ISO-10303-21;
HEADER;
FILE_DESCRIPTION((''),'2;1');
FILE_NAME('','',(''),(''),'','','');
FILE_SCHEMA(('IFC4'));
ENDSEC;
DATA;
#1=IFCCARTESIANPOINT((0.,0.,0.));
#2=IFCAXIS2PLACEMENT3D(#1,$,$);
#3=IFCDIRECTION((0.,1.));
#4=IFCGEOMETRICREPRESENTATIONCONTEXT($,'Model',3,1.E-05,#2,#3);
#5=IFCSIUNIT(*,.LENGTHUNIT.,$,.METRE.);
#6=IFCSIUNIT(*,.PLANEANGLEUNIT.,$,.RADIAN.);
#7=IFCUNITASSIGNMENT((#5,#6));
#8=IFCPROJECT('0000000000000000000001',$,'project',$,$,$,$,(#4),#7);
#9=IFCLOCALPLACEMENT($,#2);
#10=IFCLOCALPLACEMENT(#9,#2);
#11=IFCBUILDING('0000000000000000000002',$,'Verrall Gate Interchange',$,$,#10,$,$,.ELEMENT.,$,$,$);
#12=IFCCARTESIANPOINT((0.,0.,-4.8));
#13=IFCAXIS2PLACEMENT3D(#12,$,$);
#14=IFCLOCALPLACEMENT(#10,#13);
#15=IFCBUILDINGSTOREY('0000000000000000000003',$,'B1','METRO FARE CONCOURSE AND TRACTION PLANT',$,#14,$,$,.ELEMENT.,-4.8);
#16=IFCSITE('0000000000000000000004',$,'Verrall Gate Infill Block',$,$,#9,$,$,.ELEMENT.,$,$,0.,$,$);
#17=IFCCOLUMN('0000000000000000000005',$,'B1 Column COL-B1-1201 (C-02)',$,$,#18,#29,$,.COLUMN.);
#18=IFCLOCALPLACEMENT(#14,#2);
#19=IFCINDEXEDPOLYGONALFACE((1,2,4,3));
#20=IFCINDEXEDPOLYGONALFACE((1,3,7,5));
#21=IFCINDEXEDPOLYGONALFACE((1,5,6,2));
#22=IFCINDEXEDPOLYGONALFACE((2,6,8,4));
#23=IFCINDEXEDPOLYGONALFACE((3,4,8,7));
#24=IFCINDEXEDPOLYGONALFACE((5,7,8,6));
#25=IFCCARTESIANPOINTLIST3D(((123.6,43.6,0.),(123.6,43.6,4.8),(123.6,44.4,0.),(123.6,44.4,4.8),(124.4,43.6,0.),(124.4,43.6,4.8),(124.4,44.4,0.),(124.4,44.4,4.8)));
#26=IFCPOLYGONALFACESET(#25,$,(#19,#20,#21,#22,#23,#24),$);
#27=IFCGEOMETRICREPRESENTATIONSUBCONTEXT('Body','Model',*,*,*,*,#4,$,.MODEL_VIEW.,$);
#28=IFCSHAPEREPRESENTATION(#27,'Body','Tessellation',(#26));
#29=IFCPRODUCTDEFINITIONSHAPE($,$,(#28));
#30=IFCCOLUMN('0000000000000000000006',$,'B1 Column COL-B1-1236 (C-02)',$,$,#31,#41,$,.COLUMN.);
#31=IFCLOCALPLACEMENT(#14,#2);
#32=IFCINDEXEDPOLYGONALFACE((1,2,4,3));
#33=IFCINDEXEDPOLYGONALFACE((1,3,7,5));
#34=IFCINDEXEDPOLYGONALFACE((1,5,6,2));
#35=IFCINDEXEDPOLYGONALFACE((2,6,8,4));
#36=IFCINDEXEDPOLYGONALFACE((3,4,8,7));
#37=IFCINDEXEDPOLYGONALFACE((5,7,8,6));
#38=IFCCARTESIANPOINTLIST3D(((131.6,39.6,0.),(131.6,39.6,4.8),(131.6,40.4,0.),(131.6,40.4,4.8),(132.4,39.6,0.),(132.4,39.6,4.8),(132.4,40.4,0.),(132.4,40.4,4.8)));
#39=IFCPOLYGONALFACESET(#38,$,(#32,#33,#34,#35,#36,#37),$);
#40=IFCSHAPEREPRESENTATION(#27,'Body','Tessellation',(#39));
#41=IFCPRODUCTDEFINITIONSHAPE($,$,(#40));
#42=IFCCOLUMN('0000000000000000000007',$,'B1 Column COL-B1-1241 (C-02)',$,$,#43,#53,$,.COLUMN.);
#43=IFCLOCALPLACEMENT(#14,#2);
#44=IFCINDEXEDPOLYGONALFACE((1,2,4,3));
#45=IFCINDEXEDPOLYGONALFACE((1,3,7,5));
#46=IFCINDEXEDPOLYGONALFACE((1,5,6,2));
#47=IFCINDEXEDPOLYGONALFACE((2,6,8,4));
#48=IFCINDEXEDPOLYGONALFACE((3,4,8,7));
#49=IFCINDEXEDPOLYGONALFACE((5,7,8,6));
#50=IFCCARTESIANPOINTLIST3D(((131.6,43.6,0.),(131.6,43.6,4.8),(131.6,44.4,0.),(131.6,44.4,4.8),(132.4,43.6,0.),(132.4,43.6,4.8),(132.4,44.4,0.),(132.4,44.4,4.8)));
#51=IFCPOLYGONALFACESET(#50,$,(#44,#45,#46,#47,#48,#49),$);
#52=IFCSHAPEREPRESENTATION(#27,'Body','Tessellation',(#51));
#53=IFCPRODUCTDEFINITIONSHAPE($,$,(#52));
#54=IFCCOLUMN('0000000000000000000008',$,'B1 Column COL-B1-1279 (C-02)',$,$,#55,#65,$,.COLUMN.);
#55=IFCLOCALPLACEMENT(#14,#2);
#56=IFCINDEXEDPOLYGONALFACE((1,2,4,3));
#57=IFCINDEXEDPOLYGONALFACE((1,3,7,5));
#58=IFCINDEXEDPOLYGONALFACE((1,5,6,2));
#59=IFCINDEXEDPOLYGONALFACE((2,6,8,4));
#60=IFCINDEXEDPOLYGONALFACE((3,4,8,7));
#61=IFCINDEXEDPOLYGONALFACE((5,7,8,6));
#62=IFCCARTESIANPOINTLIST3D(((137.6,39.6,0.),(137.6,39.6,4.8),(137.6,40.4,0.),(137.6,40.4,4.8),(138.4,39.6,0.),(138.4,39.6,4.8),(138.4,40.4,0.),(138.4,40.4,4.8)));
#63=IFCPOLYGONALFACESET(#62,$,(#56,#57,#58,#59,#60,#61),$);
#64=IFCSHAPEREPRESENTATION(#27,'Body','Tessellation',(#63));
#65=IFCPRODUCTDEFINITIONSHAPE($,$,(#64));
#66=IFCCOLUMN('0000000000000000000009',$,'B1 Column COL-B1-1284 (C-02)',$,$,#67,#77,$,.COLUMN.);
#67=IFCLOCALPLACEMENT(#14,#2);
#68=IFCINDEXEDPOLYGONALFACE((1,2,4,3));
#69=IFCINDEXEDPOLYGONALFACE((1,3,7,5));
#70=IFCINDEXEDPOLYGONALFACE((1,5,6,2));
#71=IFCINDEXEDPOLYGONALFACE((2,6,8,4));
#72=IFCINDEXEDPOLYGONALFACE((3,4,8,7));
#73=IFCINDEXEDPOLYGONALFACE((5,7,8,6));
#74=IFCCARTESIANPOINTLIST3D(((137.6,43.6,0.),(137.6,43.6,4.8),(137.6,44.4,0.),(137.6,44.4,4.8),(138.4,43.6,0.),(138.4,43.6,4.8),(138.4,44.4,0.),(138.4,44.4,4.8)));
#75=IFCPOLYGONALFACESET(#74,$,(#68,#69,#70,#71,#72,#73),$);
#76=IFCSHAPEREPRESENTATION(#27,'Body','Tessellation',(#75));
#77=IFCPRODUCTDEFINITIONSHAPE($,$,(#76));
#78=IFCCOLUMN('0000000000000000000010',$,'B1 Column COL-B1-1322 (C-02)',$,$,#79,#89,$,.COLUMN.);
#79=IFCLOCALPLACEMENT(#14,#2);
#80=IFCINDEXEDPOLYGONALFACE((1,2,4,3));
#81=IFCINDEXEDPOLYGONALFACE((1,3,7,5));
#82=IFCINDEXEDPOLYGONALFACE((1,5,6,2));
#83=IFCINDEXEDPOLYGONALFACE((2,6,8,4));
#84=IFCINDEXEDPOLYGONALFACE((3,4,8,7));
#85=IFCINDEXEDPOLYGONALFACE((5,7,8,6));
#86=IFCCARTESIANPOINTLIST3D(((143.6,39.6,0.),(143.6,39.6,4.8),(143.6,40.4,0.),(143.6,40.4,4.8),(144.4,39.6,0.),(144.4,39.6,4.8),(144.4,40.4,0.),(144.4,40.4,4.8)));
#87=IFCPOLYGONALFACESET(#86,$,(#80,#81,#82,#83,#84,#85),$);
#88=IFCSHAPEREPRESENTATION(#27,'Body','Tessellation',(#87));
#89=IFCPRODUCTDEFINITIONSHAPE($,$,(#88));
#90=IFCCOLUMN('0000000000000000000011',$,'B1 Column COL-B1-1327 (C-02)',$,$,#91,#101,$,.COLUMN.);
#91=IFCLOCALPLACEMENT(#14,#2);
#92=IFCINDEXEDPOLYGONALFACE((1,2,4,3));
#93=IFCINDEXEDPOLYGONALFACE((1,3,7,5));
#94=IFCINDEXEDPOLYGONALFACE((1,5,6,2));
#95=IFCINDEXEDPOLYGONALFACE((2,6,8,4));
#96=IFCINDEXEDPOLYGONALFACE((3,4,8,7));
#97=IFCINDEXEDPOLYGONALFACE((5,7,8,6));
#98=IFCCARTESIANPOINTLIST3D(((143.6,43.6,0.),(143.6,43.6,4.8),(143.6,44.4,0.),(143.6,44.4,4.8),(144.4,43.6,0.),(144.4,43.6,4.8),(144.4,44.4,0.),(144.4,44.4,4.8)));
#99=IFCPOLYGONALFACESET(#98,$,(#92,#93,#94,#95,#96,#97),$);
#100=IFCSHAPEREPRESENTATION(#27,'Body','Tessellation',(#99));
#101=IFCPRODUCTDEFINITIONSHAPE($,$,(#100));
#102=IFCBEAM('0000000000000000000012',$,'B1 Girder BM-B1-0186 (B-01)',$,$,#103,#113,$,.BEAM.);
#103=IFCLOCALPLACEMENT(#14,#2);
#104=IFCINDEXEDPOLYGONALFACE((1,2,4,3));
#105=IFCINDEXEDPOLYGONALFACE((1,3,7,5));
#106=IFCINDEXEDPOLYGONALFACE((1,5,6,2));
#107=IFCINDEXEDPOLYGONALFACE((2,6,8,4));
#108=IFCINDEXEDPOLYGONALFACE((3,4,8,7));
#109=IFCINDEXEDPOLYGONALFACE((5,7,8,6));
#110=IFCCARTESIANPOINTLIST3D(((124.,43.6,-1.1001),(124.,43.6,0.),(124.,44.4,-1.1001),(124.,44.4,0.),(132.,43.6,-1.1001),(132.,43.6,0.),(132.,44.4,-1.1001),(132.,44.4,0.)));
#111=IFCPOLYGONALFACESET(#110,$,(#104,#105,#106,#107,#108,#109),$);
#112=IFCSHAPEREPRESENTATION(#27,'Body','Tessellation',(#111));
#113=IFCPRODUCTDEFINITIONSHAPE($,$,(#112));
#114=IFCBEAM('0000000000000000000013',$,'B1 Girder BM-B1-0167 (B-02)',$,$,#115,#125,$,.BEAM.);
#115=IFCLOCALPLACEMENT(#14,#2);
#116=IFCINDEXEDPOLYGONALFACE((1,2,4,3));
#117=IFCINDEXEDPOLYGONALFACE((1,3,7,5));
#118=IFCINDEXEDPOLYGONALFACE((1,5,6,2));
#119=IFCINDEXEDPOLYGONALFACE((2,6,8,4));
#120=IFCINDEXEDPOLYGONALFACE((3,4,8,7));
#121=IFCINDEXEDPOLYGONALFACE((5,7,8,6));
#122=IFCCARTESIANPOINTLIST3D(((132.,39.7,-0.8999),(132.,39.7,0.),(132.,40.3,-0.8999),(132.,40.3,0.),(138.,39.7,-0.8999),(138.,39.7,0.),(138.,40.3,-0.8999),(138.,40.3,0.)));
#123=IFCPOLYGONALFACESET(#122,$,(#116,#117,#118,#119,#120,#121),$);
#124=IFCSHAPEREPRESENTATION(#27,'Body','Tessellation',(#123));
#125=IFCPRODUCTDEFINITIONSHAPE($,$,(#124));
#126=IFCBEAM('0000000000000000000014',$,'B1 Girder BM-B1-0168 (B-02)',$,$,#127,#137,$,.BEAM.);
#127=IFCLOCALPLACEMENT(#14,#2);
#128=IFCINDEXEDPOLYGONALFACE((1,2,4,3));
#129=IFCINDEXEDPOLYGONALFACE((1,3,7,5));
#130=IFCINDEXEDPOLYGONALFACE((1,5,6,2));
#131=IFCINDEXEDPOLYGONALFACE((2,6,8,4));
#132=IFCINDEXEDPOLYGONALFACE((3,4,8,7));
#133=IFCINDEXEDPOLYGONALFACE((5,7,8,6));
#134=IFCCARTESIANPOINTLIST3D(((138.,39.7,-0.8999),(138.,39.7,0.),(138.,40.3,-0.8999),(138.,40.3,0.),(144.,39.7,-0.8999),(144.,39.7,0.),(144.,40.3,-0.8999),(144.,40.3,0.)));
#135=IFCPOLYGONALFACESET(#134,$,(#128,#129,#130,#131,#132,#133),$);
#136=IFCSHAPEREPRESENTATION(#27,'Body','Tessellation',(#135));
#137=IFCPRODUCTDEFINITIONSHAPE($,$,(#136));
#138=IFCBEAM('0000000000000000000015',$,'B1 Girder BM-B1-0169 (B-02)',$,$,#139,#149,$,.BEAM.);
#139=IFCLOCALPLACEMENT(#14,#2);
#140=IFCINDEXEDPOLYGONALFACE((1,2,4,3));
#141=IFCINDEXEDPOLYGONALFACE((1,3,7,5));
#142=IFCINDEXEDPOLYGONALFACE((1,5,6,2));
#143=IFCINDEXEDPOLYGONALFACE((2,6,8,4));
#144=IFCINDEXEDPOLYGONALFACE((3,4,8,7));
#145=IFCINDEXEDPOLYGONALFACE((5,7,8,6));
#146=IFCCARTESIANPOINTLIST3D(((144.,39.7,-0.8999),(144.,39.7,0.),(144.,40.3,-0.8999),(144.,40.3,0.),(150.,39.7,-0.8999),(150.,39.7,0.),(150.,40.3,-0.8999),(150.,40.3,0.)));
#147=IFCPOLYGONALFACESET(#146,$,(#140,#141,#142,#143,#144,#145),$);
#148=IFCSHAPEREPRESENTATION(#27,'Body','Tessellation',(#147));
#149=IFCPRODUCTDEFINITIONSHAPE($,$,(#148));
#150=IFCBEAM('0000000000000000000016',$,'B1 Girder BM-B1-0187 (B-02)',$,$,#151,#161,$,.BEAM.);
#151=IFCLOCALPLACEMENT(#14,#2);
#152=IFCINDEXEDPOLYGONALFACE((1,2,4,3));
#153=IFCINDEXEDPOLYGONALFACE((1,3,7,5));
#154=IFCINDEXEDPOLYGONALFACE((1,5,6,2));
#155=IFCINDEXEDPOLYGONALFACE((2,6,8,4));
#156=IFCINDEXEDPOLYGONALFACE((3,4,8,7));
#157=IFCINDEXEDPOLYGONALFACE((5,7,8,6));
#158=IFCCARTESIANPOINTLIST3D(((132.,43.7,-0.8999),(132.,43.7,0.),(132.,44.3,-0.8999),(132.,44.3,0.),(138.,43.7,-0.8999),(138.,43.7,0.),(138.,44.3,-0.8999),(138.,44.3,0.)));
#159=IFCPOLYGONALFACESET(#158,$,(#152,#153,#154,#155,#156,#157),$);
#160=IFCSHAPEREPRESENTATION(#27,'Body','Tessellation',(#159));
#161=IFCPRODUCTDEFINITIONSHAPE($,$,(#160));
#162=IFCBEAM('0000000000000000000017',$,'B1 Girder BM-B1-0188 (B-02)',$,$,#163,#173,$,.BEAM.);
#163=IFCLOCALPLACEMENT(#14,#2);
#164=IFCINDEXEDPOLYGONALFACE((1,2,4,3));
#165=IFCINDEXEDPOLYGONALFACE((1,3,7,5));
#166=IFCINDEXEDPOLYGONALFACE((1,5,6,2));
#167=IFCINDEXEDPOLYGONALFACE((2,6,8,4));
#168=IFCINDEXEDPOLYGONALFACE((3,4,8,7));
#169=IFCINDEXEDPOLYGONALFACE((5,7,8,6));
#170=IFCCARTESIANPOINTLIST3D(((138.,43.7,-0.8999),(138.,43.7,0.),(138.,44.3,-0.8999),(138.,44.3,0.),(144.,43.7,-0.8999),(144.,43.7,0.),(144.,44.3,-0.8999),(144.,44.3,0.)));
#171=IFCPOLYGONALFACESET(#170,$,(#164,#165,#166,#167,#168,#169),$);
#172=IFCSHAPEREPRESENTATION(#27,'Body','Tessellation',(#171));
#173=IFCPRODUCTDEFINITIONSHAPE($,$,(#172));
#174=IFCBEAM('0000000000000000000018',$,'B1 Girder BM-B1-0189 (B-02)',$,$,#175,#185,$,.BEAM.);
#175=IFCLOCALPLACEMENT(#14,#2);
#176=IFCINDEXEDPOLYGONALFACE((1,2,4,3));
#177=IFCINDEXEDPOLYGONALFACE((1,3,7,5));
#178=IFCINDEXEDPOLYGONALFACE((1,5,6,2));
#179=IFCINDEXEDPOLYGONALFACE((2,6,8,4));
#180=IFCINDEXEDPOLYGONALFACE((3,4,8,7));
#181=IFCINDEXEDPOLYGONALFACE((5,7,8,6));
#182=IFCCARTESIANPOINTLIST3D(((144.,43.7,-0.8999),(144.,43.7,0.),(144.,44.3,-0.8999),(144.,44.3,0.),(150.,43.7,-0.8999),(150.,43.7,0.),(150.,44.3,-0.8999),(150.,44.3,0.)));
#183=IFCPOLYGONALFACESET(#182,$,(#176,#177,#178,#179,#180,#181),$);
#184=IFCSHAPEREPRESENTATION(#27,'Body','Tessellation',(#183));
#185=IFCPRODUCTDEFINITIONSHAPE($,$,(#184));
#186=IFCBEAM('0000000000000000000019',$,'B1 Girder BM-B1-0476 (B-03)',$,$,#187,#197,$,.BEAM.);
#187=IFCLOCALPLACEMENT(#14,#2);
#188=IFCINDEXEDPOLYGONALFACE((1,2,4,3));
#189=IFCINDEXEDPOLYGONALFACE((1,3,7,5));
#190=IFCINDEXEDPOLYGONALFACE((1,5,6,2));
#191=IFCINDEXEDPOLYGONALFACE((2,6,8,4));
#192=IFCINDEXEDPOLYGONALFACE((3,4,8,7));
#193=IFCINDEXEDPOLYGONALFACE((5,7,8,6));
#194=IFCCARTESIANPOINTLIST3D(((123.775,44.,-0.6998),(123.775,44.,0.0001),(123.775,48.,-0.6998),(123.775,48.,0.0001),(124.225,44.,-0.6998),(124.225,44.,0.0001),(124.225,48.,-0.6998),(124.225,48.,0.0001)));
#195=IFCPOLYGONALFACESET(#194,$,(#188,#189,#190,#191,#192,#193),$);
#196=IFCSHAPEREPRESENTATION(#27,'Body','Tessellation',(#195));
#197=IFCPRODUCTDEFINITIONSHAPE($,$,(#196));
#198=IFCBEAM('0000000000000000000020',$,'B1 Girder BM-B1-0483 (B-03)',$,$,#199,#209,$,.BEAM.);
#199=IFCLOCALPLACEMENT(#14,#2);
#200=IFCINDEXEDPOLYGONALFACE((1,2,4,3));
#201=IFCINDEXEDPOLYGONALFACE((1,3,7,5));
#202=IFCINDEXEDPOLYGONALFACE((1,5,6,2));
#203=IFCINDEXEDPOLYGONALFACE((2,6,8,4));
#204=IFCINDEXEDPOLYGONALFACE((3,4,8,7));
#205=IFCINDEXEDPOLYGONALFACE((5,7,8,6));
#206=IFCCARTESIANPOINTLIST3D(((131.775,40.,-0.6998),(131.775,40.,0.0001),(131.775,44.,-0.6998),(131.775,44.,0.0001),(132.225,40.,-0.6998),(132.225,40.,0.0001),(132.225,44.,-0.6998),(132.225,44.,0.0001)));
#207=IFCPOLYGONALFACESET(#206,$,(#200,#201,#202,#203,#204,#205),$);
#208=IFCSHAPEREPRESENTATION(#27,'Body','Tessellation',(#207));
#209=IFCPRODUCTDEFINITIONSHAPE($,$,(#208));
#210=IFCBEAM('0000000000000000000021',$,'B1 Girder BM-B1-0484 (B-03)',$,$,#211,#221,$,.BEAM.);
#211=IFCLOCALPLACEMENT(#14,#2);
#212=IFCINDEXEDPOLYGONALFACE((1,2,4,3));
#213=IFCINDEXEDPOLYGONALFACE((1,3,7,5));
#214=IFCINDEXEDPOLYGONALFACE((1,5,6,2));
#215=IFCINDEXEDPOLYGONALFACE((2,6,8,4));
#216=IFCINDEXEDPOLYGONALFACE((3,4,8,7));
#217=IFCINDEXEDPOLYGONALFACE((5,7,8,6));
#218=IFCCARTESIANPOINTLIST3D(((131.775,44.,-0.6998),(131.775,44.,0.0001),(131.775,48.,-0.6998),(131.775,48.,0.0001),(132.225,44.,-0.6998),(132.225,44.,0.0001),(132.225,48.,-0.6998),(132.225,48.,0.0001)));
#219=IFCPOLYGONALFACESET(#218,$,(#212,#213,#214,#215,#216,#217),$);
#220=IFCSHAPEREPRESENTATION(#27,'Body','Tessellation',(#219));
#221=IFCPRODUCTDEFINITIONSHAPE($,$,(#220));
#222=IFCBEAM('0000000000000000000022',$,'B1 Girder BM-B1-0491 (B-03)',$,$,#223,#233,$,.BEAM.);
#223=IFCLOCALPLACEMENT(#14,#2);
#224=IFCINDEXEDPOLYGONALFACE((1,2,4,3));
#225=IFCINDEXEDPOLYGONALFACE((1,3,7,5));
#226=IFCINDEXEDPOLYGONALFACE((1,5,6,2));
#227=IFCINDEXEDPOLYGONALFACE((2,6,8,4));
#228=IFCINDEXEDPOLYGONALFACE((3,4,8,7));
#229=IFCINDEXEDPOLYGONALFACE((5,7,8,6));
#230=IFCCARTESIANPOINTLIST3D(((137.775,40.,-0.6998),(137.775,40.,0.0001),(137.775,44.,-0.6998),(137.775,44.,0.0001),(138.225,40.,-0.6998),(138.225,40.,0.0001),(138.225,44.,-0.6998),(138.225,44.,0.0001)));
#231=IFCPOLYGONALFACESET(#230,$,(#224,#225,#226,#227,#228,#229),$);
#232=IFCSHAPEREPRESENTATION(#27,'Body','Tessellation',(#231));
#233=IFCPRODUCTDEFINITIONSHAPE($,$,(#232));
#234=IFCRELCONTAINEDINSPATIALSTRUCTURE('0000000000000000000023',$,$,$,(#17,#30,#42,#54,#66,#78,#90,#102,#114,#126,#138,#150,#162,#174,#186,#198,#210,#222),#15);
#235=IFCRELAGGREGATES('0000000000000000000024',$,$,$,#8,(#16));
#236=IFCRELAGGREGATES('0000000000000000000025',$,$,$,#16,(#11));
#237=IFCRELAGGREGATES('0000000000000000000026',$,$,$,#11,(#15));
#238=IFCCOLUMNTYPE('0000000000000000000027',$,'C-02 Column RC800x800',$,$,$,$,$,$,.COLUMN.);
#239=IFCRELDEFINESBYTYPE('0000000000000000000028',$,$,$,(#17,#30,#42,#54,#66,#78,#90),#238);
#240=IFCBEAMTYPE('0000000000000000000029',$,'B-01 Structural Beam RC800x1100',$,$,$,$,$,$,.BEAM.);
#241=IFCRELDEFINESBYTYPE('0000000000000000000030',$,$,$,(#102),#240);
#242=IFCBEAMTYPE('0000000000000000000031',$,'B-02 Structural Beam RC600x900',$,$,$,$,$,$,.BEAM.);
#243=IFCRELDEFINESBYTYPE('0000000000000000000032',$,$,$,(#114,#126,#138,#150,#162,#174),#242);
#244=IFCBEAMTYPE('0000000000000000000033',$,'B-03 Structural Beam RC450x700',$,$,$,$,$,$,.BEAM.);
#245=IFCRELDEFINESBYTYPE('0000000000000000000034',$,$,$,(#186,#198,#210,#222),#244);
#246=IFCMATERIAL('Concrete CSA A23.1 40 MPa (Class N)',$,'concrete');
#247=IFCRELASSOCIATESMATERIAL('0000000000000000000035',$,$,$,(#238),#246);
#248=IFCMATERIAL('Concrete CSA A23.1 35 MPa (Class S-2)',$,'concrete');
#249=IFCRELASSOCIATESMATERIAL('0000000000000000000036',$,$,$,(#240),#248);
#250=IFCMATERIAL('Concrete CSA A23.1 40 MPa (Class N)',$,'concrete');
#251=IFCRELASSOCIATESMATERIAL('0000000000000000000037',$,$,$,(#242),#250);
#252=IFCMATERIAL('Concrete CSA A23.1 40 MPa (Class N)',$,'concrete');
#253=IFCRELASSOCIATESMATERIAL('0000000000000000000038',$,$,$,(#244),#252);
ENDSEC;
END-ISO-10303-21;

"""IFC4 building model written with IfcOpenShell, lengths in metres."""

from ifc_helpers import new_model, si_unit, direction, frame, origin, origin_2d, place, context, subcontext, project, spatial, rectangle, extrude, material, material_profile, profile_set, type_object, element, save


model = new_model("IFC4")

# Units and contexts
model_context = context("Model", 3, precision=1e-05, world=origin(), true_north=direction((0.0, 1.0)))
body_context = subcontext(model_context, "Body", "Model", "MODEL_VIEW")
ifc_project = project(units=[si_unit("LENGTHUNIT", "METRE"), si_unit("PLANEANGLEUNIT", "RADIAN")], contexts=[model_context])

# Site, building, storey
site_placement = place(None, origin())
site = spatial("IfcSite", under=ifc_project, at=site_placement, Name="Verrall Gate Infill Block", CompositionType="ELEMENT", RefElevation=0.0)
building_placement = place(site_placement, origin())
building = spatial("IfcBuilding", under=site, at=building_placement, Name="Verrall Gate Interchange", CompositionType="ELEMENT")
storey_placement = place(building_placement, frame((0.0, 0.0, -4.8)))
storey = spatial("IfcBuildingStorey", under=building, at=storey_placement, Name="B1", Description="METRO FARE CONCOURSE AND TRACTION PLANT", CompositionType="ELEMENT", Elevation=-4.8)

# Columns
ifc_material_1 = material(Name="Concrete CSA A23.1 40 MPa (Class N)", Category="concrete")
ifc_material_profile_1 = material_profile(ifc_material_1, rectangle(XDim=0.8, YDim=0.8, at=origin_2d()), Name="RC800x800")
ifc_profile_set_1 = profile_set([ifc_material_profile_1], Name="Concrete CSA A23.1 40 MPa (Class N)")
column_type = type_object("IfcColumnType", Name="C-02 Column RC800x800", PredefinedType="COLUMN", material=ifc_profile_set_1)
for number, where, z_axis, x_axis, name in (
    (1, (124.0, 44.0, 0.0), (0.0, 0.0, 1.0), (1.0, 0.0, 0.0), "B1 Column COL-B1-1201 (C-02)"),
    (2, (132.0, 40.0, 0.0), (0.0, 0.0, 1.0), (1.0, 0.0, 0.0), "B1 Column COL-B1-1236 (C-02)"),
    (3, (132.0, 44.0, 0.0), (0.0, 0.0, 1.0), (1.0, 0.0, 0.0), "B1 Column COL-B1-1241 (C-02)"),
    (4, (138.0, 40.0, 0.0), (0.0, 0.0, 1.0), (1.0, 0.0, 0.0), "B1 Column COL-B1-1279 (C-02)"),
    (5, (138.0, 44.0, 0.0), (0.0, 0.0, 1.0), (1.0, 0.0, 0.0), "B1 Column COL-B1-1284 (C-02)"),
    (6, (144.0, 40.0, 0.0), (0.0, 0.0, 1.0), (1.0, 0.0, 0.0), "B1 Column COL-B1-1322 (C-02)"),
    (7, (144.0, 44.0, 0.0), (0.0, 0.0, 1.0), (1.0, 0.0, 0.0), "B1 Column COL-B1-1327 (C-02)"),
):
    element("IfcColumn", number, at=place(storey_placement, frame(where, z_axis=z_axis, x_axis=x_axis)), inside=storey, type_object=column_type, Name=name, PredefinedType="COLUMN", context=body_context, shape_type="SweptSolid", body=[
        extrude(rectangle(XDim=0.8, YDim=0.8, at=origin_2d()), origin(), (0.0, 0.0, 1.0), 4.8),
    ])

# Beams
ifc_material_2 = material(Name="Concrete CSA A23.1 35 MPa (Class S-2)", Category="concrete")
ifc_material_profile_2 = material_profile(ifc_material_2, rectangle(XDim=0.8, YDim=1.1001, at=origin_2d()), Name="RC800x1100")
ifc_profile_set_2 = profile_set([ifc_material_profile_2], Name="Concrete CSA A23.1 35 MPa (Class S-2)")
beam_type_1 = type_object("IfcBeamType", Name="B-01 Structural Beam RC800x1100", PredefinedType="BEAM", material=ifc_profile_set_2)
beam_1_placement = place(storey_placement, frame((124.0, 44.0, -0.55), z_axis=(1.0, 0.0, 0.0), x_axis=(0.0, 1.0, 0.0)))
element("IfcBeam", 8, at=beam_1_placement, inside=storey, type_object=beam_type_1, Name="B1 Girder BM-B1-0186 (B-01)", PredefinedType="BEAM", context=body_context, shape_type="SweptSolid", body=[
    extrude(rectangle(XDim=0.8, YDim=1.1001, at=origin_2d()), origin(), (0.0, 0.0, 1.0), 8.0),
])
ifc_material_3 = material(Name="Concrete CSA A23.1 40 MPa (Class N)", Category="concrete")
ifc_material_profile_3 = material_profile(ifc_material_3, rectangle(XDim=0.6001, YDim=0.8999, at=origin_2d()), Name="RC600x900")
ifc_profile_set_3 = profile_set([ifc_material_profile_3], Name="Concrete CSA A23.1 40 MPa (Class N)")
beam_type_2 = type_object("IfcBeamType", Name="B-02 Structural Beam RC600x900", PredefinedType="BEAM", material=ifc_profile_set_3)
for number, where, z_axis, x_axis, name in (
    (9, (132.0, 40.0, -0.45), (1.0, 0.0, 0.0), (0.0, 1.0, 0.0), "B1 Girder BM-B1-0167 (B-02)"),
    (10, (138.0, 40.0, -0.45), (1.0, 0.0, 0.0), (0.0, 1.0, 0.0), "B1 Girder BM-B1-0168 (B-02)"),
    (11, (144.0, 40.0, -0.45), (1.0, 0.0, 0.0), (0.0, 1.0, 0.0), "B1 Girder BM-B1-0169 (B-02)"),
    (12, (132.0, 44.0, -0.45), (1.0, 0.0, 0.0), (0.0, 1.0, 0.0), "B1 Girder BM-B1-0187 (B-02)"),
    (13, (138.0, 44.0, -0.45), (1.0, 0.0, 0.0), (0.0, 1.0, 0.0), "B1 Girder BM-B1-0188 (B-02)"),
    (14, (144.0, 44.0, -0.45), (1.0, 0.0, 0.0), (0.0, 1.0, 0.0), "B1 Girder BM-B1-0189 (B-02)"),
):
    element("IfcBeam", number, at=place(storey_placement, frame(where, z_axis=z_axis, x_axis=x_axis)), inside=storey, type_object=beam_type_2, Name=name, PredefinedType="BEAM", context=body_context, shape_type="SweptSolid", body=[
        extrude(rectangle(XDim=0.6001, YDim=0.8999, at=origin_2d()), origin(), (0.0, 0.0, 1.0), 6.0),
    ])
ifc_material_4 = material(Name="Concrete CSA A23.1 40 MPa (Class N)", Category="concrete")
ifc_material_profile_4 = material_profile(ifc_material_4, rectangle(XDim=0.45, YDim=0.7, at=origin_2d()), Name="RC450x700")
ifc_profile_set_4 = profile_set([ifc_material_profile_4], Name="Concrete CSA A23.1 40 MPa (Class N)")
beam_type_3 = type_object("IfcBeamType", Name="B-03 Structural Beam RC450x700", PredefinedType="BEAM", material=ifc_profile_set_4)
for number, where, z_axis, x_axis, name in (
    (15, (124.0, 44.0, -0.3499), (0.0, 1.0, 0.0), (-1.0, 0.0, 0.0), "B1 Girder BM-B1-0476 (B-03)"),
    (16, (132.0, 40.0, -0.3499), (0.0, 1.0, 0.0), (-1.0, 0.0, 0.0), "B1 Girder BM-B1-0483 (B-03)"),
    (17, (132.0, 44.0, -0.3499), (0.0, 1.0, 0.0), (-1.0, 0.0, 0.0), "B1 Girder BM-B1-0484 (B-03)"),
    (18, (138.0, 40.0, -0.3499), (0.0, 1.0, 0.0), (-1.0, 0.0, 0.0), "B1 Girder BM-B1-0491 (B-03)"),
):
    element("IfcBeam", number, at=place(storey_placement, frame(where, z_axis=z_axis, x_axis=x_axis)), inside=storey, type_object=beam_type_3, Name=name, PredefinedType="BEAM", context=body_context, shape_type="SweptSolid", body=[
        extrude(rectangle(XDim=0.45, YDim=0.7, at=origin_2d()), origin(), (0.0, 0.0, 1.0), 4.0),
    ])

save(model, "model.ifc")
